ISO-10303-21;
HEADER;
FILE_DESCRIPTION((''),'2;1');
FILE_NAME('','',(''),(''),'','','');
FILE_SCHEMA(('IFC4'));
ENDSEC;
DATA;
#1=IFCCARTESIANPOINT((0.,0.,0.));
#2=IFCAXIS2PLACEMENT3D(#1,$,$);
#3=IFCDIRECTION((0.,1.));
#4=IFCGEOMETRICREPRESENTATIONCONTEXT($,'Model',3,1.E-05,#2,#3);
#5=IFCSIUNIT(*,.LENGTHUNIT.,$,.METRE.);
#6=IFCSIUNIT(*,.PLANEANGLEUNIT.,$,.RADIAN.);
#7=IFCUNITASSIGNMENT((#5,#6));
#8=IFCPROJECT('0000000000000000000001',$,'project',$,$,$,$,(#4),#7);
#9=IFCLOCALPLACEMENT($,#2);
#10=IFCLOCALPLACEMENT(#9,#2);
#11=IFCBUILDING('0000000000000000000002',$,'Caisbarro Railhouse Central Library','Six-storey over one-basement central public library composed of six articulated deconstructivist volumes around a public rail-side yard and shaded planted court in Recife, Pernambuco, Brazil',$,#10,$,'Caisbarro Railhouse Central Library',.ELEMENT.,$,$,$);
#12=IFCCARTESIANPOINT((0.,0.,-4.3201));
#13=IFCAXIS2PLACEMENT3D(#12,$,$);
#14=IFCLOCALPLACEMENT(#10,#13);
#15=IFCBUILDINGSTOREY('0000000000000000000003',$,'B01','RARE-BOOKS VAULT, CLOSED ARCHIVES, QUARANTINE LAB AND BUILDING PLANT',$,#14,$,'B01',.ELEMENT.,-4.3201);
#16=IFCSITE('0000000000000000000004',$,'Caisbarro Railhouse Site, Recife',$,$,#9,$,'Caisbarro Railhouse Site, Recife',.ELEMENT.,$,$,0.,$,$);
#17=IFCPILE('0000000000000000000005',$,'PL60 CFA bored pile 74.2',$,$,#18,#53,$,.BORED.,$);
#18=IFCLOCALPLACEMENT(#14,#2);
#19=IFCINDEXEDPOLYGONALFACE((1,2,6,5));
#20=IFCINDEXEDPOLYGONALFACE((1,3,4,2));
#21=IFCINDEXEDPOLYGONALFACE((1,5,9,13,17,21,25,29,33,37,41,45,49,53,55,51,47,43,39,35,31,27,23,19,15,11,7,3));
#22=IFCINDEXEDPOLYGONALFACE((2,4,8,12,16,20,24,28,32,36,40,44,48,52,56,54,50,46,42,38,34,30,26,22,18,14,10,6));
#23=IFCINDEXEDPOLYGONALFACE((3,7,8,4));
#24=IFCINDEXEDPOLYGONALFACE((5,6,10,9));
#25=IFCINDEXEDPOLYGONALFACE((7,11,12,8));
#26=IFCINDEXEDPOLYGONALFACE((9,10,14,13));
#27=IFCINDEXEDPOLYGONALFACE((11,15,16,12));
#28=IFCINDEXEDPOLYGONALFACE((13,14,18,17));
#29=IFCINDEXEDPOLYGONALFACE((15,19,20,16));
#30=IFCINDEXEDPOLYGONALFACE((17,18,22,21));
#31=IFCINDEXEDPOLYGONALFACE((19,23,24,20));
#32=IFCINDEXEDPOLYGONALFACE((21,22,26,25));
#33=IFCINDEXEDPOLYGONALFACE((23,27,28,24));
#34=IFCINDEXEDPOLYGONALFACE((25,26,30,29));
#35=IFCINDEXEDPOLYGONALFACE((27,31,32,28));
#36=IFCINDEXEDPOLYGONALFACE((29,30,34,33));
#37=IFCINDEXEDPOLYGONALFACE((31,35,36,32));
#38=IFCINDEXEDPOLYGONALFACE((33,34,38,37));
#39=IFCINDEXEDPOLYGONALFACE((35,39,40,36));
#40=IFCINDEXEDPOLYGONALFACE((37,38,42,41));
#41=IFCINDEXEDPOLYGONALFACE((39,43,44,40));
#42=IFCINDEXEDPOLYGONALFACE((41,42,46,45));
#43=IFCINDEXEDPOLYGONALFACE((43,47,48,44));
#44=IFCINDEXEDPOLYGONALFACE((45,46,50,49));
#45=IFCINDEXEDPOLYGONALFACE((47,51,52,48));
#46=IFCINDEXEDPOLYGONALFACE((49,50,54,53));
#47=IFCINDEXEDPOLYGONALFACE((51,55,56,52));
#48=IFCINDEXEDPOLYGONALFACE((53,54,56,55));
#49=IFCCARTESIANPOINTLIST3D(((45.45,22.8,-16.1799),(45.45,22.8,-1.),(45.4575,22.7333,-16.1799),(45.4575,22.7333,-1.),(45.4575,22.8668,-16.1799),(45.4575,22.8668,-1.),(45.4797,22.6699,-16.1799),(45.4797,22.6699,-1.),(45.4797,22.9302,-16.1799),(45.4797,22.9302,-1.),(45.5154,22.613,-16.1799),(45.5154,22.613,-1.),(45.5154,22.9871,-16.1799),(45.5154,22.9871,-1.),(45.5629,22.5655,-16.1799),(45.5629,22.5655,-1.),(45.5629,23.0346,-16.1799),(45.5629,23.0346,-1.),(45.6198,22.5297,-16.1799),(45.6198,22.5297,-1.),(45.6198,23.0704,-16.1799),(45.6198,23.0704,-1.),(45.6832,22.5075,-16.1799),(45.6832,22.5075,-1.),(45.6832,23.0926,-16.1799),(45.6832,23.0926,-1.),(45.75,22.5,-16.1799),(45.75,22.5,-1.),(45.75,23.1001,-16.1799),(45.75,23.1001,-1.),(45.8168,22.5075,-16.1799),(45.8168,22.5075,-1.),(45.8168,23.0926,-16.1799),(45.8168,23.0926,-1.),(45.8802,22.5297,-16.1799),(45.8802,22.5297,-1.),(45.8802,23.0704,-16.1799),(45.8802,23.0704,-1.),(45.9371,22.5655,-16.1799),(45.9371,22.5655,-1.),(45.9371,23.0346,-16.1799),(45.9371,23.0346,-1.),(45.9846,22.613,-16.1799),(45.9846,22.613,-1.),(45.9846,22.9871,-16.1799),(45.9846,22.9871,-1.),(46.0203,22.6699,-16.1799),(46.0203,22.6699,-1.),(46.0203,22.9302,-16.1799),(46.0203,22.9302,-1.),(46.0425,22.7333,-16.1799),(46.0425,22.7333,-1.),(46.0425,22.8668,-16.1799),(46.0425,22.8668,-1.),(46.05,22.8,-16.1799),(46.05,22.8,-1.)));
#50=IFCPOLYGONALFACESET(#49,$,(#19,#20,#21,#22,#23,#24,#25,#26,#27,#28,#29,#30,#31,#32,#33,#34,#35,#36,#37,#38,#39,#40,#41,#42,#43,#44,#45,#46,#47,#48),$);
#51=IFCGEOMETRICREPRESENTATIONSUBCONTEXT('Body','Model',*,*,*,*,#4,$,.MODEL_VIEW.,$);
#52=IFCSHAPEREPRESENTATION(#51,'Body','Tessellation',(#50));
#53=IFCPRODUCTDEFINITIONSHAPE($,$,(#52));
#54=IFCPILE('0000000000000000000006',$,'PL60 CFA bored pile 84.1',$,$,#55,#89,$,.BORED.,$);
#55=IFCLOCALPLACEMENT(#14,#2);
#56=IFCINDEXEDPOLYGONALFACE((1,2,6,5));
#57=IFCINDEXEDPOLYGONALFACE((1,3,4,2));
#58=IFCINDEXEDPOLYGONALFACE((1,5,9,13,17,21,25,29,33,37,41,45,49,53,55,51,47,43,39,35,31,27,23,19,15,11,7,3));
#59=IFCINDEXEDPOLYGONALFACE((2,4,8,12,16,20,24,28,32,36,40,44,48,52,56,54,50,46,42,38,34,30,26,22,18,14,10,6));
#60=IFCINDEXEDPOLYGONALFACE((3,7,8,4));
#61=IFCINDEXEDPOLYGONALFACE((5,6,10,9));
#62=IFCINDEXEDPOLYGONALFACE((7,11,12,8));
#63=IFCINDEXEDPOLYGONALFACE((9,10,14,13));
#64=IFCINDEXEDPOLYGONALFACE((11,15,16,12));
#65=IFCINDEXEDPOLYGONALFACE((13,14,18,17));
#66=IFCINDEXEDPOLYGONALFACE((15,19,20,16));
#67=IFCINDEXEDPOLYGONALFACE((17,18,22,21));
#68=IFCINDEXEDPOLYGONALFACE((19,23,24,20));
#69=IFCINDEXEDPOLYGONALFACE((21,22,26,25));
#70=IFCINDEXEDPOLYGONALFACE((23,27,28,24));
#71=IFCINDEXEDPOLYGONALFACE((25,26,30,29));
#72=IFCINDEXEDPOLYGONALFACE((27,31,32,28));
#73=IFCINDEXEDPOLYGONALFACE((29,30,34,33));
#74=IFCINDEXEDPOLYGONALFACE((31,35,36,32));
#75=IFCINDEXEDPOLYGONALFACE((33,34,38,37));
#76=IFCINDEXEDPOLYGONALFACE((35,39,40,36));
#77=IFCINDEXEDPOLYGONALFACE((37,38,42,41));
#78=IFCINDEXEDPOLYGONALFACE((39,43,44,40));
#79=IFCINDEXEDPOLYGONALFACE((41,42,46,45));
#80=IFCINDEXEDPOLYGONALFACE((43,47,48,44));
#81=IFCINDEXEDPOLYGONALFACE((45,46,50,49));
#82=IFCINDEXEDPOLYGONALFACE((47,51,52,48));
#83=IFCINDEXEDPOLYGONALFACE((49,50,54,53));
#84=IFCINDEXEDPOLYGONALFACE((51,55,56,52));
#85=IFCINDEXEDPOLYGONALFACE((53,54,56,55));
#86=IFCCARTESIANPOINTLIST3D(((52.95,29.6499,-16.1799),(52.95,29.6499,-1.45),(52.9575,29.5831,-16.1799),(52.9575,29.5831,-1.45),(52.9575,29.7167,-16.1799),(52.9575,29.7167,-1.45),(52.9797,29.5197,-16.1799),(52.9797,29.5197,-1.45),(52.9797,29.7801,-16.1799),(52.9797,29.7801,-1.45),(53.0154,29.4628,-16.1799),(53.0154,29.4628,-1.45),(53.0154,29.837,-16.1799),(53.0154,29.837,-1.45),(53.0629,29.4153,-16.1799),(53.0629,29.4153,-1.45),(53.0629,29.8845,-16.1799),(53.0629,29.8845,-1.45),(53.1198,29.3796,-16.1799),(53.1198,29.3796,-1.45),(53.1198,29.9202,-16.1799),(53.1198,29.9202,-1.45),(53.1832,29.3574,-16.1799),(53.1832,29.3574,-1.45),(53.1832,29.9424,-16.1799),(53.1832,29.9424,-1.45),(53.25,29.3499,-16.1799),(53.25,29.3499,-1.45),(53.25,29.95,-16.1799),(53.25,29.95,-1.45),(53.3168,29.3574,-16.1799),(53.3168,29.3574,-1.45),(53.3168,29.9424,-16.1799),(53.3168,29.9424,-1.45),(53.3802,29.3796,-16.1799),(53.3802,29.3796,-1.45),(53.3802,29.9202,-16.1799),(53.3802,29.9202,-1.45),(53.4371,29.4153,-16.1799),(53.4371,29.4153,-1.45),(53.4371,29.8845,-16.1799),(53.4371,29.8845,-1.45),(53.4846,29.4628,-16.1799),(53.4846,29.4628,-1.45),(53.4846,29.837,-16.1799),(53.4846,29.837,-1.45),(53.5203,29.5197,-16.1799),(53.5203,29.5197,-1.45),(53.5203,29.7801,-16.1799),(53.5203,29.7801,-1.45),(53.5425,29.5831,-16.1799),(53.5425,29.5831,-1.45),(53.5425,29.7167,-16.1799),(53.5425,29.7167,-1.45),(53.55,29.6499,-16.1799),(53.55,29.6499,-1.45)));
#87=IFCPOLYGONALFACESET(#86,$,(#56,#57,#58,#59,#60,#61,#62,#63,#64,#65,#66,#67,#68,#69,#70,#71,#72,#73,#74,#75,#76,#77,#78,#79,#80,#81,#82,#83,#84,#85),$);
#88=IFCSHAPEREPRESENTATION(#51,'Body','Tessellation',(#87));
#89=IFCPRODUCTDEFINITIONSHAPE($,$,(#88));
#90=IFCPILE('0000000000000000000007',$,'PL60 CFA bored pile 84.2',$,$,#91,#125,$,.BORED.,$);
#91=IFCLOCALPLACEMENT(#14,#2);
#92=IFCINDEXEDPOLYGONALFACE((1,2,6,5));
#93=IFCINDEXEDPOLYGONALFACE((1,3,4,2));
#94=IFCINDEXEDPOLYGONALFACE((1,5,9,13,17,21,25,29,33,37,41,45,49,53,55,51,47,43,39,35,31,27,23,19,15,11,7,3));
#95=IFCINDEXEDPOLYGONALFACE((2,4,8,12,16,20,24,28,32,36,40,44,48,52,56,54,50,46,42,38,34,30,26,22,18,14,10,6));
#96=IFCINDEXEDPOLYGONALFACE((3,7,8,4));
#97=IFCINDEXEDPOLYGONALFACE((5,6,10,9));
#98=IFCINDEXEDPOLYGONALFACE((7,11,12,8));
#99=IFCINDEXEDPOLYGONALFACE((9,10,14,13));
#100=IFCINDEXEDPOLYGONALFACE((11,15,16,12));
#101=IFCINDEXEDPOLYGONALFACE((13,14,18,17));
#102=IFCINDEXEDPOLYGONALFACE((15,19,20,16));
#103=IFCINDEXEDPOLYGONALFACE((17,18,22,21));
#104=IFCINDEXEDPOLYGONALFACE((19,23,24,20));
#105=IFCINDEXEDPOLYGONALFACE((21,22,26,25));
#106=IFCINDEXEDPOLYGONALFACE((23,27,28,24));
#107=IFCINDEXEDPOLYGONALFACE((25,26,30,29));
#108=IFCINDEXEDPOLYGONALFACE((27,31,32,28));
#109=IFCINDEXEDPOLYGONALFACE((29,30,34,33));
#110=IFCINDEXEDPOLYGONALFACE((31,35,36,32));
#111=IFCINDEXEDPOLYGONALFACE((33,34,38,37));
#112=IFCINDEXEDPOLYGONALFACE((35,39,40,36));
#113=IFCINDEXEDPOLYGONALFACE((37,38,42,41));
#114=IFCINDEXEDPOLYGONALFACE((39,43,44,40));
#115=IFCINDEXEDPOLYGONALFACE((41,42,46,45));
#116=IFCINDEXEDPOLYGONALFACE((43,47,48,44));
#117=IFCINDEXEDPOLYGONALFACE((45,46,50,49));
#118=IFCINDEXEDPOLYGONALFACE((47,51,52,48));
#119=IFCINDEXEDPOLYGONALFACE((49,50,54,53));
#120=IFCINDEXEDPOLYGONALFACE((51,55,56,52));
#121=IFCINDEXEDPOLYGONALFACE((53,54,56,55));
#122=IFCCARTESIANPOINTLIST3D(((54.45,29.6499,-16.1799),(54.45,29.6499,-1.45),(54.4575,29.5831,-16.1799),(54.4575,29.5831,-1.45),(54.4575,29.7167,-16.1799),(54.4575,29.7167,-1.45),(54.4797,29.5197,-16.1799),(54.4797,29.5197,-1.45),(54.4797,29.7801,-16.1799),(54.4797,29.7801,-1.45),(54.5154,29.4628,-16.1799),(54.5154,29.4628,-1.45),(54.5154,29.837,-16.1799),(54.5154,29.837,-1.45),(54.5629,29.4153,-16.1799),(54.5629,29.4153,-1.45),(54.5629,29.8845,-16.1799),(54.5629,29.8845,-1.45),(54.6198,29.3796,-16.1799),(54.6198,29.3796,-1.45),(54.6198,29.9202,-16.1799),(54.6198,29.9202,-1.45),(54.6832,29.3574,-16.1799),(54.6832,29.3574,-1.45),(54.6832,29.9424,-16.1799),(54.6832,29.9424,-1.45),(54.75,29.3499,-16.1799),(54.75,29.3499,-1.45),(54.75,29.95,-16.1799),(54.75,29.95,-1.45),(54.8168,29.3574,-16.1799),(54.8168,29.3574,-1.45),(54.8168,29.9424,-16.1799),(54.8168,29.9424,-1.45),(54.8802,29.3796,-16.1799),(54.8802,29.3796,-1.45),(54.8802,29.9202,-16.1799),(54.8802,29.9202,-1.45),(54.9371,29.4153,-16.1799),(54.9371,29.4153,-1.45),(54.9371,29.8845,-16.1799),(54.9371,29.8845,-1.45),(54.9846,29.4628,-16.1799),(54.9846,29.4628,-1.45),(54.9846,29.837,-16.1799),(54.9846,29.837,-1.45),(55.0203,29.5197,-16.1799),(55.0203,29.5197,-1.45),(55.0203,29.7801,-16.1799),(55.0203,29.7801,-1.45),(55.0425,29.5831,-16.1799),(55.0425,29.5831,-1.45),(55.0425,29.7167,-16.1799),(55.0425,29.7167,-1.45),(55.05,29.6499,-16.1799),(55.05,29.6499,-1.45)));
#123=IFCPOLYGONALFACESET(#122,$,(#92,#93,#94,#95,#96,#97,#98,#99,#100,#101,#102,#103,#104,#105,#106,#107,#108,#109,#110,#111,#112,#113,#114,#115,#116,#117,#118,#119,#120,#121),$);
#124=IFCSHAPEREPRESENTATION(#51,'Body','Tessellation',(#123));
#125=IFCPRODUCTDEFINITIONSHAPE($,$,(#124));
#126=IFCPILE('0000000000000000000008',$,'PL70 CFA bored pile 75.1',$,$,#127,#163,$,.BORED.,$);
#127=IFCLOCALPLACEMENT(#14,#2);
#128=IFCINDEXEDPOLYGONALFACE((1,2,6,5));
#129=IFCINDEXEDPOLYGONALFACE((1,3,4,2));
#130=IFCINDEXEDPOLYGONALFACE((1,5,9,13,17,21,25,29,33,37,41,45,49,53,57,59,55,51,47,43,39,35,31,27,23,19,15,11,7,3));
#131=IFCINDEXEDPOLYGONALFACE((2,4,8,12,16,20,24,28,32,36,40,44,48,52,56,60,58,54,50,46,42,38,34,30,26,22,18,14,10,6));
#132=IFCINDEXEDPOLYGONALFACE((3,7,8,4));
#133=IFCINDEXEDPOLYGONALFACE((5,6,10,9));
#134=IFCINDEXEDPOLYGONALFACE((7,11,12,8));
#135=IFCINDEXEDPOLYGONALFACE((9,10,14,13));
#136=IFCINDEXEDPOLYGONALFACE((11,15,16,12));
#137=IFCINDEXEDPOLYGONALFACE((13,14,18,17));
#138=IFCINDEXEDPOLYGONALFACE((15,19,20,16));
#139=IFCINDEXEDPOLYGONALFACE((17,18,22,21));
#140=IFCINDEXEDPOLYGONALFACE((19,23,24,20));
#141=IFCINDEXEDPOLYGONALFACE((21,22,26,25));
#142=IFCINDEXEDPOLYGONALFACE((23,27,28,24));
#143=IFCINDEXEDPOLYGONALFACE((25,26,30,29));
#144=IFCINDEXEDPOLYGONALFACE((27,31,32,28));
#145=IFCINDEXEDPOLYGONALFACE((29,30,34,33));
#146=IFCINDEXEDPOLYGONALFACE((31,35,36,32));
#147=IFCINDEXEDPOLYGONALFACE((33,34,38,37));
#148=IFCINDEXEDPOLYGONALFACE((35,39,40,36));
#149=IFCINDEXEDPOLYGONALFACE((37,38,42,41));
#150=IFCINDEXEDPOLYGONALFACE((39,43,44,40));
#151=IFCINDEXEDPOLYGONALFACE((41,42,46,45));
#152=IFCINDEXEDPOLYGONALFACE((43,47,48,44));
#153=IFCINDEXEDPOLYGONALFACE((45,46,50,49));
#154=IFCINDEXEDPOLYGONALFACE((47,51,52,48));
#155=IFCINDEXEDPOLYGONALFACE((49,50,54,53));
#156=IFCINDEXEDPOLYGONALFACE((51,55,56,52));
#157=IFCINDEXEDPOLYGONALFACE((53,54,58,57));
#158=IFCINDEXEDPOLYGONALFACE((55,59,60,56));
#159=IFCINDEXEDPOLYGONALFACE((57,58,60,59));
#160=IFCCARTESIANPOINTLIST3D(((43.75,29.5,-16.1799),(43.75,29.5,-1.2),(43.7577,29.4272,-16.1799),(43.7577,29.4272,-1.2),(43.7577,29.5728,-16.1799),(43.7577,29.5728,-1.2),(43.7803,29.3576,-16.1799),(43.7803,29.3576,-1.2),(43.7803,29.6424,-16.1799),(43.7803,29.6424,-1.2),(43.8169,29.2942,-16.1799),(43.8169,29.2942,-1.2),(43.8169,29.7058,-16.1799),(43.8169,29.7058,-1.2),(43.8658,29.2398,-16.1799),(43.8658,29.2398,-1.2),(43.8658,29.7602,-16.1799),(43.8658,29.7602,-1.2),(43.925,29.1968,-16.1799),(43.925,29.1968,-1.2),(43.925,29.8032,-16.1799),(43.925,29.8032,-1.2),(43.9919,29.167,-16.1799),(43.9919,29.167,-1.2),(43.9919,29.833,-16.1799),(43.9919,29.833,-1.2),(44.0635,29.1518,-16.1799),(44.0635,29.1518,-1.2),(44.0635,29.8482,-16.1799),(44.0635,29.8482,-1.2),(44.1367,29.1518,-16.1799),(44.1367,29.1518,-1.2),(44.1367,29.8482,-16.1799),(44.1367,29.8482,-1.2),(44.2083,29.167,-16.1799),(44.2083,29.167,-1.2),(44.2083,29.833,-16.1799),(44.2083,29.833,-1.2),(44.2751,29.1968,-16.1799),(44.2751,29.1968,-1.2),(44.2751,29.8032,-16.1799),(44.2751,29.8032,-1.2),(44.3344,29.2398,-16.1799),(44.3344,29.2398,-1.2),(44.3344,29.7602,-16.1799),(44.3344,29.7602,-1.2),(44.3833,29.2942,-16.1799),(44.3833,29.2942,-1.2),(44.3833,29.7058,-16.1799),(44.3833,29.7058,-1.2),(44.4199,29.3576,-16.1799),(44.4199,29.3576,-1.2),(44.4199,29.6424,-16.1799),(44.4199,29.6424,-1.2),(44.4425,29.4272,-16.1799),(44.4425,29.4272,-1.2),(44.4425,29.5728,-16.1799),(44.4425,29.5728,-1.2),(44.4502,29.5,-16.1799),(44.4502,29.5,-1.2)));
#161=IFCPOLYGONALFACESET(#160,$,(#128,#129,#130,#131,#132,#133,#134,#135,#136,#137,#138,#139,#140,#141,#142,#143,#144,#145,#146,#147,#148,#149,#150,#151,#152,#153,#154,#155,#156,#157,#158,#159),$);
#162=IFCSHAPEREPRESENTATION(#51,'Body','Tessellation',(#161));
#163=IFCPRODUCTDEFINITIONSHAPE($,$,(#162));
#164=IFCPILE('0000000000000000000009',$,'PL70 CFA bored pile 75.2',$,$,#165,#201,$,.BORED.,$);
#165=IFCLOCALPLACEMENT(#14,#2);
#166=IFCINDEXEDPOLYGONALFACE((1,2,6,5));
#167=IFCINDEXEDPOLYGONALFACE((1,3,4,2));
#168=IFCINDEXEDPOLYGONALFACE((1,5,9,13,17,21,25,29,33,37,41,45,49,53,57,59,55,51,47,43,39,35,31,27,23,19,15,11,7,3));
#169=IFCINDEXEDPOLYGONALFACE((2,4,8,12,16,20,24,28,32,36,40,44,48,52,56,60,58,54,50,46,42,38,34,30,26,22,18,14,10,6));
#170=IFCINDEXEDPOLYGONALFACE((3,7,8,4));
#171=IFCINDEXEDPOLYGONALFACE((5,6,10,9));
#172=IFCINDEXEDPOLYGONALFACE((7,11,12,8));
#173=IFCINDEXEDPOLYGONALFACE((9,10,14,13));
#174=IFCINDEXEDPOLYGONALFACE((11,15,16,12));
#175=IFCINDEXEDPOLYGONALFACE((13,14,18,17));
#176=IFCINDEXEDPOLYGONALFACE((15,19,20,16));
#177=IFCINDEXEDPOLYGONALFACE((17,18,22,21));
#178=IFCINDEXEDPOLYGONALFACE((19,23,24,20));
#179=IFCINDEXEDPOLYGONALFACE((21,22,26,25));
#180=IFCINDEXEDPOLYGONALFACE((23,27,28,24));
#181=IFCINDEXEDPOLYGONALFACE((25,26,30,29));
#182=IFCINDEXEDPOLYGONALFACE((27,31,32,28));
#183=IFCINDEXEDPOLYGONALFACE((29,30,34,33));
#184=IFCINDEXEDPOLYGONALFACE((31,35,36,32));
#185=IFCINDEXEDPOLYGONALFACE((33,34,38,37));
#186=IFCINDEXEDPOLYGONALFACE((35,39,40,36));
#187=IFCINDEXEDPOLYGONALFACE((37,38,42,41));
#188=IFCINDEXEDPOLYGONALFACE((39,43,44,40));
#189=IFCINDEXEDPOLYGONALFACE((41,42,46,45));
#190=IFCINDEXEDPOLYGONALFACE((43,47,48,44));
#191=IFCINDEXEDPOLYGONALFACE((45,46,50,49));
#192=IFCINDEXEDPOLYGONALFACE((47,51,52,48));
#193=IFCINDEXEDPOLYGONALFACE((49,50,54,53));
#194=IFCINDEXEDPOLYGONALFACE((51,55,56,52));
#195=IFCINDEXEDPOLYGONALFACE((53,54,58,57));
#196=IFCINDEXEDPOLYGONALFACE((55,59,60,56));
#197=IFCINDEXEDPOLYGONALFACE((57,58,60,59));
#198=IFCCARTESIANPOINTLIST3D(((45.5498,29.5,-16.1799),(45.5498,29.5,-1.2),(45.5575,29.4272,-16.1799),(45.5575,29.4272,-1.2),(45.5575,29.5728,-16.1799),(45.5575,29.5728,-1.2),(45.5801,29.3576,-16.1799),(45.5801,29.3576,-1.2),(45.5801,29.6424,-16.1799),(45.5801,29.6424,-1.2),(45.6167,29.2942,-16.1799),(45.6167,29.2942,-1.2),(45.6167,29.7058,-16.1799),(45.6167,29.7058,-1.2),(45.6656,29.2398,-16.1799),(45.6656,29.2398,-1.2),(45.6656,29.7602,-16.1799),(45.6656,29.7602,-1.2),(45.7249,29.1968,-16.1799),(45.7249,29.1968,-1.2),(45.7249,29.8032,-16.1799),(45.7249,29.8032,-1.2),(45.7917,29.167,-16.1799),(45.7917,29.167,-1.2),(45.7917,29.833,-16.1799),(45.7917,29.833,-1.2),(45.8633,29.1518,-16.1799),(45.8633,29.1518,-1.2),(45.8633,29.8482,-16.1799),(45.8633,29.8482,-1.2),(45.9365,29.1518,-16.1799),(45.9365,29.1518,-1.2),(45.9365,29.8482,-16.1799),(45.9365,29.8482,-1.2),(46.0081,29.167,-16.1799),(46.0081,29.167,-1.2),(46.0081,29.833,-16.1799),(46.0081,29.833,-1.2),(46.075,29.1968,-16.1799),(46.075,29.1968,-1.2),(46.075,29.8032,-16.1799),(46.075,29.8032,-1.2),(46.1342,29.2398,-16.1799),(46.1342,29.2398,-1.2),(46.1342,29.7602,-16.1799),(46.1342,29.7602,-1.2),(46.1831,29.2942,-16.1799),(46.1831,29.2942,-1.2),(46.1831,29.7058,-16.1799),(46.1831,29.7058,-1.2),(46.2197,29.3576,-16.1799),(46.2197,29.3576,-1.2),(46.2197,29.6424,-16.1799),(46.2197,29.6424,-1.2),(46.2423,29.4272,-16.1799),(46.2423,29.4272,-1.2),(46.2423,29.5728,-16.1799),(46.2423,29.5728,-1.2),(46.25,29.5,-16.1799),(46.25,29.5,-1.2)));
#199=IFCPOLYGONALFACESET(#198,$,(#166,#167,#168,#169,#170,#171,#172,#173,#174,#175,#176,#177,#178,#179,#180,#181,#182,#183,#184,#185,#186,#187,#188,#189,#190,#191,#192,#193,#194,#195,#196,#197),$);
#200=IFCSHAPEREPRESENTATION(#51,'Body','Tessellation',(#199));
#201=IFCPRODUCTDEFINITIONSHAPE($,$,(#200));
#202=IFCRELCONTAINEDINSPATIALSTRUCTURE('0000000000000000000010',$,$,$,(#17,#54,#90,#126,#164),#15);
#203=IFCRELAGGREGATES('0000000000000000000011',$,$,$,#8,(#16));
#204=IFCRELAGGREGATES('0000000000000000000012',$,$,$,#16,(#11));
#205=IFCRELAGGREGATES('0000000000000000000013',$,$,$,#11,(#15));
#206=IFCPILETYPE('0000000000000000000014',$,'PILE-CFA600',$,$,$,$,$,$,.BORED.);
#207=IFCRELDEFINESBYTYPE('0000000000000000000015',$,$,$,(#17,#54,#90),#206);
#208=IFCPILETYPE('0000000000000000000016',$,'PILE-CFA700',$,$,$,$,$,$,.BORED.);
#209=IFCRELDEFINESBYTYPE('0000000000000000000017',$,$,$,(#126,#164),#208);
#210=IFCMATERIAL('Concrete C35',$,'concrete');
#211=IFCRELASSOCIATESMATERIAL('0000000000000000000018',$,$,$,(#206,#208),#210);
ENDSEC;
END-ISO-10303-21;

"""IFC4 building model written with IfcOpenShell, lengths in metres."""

from ifc_helpers import new_model, si_unit, direction, frame, origin, origin_2d, place, context, subcontext, project, spatial, circle, extrude, material, material_profile, profile_set, type_object, element, save


model = new_model("IFC4")

# Units and contexts
model_context = context("Model", 3, precision=1e-05, world=origin(), true_north=direction((0.0, 1.0)))
body_context = subcontext(model_context, "Body", "Model", "MODEL_VIEW")
ifc_project = project(units=[si_unit("LENGTHUNIT", "METRE"), si_unit("PLANEANGLEUNIT", "RADIAN")], contexts=[model_context])

# Site, building, storey
site_placement = place(None, origin())
site = spatial("IfcSite", under=ifc_project, at=site_placement, Name="Caisbarro Railhouse Site, Recife", LongName="Caisbarro Railhouse Site, Recife", CompositionType="ELEMENT", RefElevation=0.0)
building_placement = place(site_placement, origin())
building = spatial("IfcBuilding", under=site, at=building_placement, Name="Caisbarro Railhouse Central Library", Description="Six-storey over one-basement central public library composed of six articulated deconstructivist volumes around a public rail-side yard and shaded planted court in Recife, Pernambuco, Brazil", LongName="Caisbarro Railhouse Central Library", CompositionType="ELEMENT")
storey_placement = place(building_placement, frame((0.0, 0.0, -4.3201)))
storey = spatial("IfcBuildingStorey", under=building, at=storey_placement, Name="B01", Description="RARE-BOOKS VAULT, CLOSED ARCHIVES, QUARANTINE LAB AND BUILDING PLANT", LongName="B01", CompositionType="ELEMENT", Elevation=-4.3201)

# Shared definitions
ifc_material_1 = material(Name="Concrete C35", Category="concrete")

# Piles
ifc_material_profile_1 = material_profile(ifc_material_1, circle(Radius=0.3, at=origin_2d()), Name="PILE-CFA-600")
ifc_profile_set_1 = profile_set([ifc_material_profile_1], Name="Concrete C35")
pile_type_1 = type_object("IfcPileType", Name="PILE-CFA600", PredefinedType="BORED", material=ifc_profile_set_1)
for number, where, z_axis, x_axis, name in (
    (1, (45.75, 22.8, -1.0), (0.0, 0.0, -1.0), (1.0, 0.0, 0.0), "PL60 CFA bored pile 74.2"),
):
    element("IfcPile", number, at=place(storey_placement, frame(where, z_axis=z_axis, x_axis=x_axis)), inside=storey, type_object=pile_type_1, Name=name, PredefinedType="BORED", context=body_context, shape_type="SweptSolid", body=[
        extrude(circle(Radius=0.3, at=origin_2d()), origin(), (0.0, 0.0, 1.0), 15.1799),
    ])
for number, where, z_axis, x_axis, name in (
    (2, (53.25, 29.6499, -1.45), (0.0, 0.0, -1.0), (1.0, 0.0, 0.0), "PL60 CFA bored pile 84.1"),
    (3, (54.75, 29.6499, -1.45), (0.0, 0.0, -1.0), (1.0, 0.0, 0.0), "PL60 CFA bored pile 84.2"),
):
    element("IfcPile", number, at=place(storey_placement, frame(where, z_axis=z_axis, x_axis=x_axis)), inside=storey, type_object=pile_type_1, Name=name, PredefinedType="BORED", context=body_context, shape_type="SweptSolid", body=[
        extrude(circle(Radius=0.3, at=origin_2d()), origin(), (0.0, 0.0, 1.0), 14.73),
    ])
ifc_material_profile_2 = material_profile(ifc_material_1, circle(Radius=0.3501, at=origin_2d()), Name="PILE-CFA-700")
ifc_profile_set_2 = profile_set([ifc_material_profile_2], Name="Concrete C35")
pile_type_2 = type_object("IfcPileType", Name="PILE-CFA700", PredefinedType="BORED", material=ifc_profile_set_2)
for number, where, z_axis, x_axis, name in (
    (4, (44.1001, 29.5, -1.2), (0.0, 0.0, -1.0), (1.0, 0.0, 0.0), "PL70 CFA bored pile 75.1"),
    (5, (45.8999, 29.5, -1.2), (0.0, 0.0, -1.0), (1.0, 0.0, 0.0), "PL70 CFA bored pile 75.2"),
):
    element("IfcPile", number, at=place(storey_placement, frame(where, z_axis=z_axis, x_axis=x_axis)), inside=storey, type_object=pile_type_2, Name=name, PredefinedType="BORED", context=body_context, shape_type="SweptSolid", body=[
        extrude(circle(Radius=0.3501, at=origin_2d()), origin(), (0.0, 0.0, 1.0), 14.98),
    ])

save(model, "model.ifc")
